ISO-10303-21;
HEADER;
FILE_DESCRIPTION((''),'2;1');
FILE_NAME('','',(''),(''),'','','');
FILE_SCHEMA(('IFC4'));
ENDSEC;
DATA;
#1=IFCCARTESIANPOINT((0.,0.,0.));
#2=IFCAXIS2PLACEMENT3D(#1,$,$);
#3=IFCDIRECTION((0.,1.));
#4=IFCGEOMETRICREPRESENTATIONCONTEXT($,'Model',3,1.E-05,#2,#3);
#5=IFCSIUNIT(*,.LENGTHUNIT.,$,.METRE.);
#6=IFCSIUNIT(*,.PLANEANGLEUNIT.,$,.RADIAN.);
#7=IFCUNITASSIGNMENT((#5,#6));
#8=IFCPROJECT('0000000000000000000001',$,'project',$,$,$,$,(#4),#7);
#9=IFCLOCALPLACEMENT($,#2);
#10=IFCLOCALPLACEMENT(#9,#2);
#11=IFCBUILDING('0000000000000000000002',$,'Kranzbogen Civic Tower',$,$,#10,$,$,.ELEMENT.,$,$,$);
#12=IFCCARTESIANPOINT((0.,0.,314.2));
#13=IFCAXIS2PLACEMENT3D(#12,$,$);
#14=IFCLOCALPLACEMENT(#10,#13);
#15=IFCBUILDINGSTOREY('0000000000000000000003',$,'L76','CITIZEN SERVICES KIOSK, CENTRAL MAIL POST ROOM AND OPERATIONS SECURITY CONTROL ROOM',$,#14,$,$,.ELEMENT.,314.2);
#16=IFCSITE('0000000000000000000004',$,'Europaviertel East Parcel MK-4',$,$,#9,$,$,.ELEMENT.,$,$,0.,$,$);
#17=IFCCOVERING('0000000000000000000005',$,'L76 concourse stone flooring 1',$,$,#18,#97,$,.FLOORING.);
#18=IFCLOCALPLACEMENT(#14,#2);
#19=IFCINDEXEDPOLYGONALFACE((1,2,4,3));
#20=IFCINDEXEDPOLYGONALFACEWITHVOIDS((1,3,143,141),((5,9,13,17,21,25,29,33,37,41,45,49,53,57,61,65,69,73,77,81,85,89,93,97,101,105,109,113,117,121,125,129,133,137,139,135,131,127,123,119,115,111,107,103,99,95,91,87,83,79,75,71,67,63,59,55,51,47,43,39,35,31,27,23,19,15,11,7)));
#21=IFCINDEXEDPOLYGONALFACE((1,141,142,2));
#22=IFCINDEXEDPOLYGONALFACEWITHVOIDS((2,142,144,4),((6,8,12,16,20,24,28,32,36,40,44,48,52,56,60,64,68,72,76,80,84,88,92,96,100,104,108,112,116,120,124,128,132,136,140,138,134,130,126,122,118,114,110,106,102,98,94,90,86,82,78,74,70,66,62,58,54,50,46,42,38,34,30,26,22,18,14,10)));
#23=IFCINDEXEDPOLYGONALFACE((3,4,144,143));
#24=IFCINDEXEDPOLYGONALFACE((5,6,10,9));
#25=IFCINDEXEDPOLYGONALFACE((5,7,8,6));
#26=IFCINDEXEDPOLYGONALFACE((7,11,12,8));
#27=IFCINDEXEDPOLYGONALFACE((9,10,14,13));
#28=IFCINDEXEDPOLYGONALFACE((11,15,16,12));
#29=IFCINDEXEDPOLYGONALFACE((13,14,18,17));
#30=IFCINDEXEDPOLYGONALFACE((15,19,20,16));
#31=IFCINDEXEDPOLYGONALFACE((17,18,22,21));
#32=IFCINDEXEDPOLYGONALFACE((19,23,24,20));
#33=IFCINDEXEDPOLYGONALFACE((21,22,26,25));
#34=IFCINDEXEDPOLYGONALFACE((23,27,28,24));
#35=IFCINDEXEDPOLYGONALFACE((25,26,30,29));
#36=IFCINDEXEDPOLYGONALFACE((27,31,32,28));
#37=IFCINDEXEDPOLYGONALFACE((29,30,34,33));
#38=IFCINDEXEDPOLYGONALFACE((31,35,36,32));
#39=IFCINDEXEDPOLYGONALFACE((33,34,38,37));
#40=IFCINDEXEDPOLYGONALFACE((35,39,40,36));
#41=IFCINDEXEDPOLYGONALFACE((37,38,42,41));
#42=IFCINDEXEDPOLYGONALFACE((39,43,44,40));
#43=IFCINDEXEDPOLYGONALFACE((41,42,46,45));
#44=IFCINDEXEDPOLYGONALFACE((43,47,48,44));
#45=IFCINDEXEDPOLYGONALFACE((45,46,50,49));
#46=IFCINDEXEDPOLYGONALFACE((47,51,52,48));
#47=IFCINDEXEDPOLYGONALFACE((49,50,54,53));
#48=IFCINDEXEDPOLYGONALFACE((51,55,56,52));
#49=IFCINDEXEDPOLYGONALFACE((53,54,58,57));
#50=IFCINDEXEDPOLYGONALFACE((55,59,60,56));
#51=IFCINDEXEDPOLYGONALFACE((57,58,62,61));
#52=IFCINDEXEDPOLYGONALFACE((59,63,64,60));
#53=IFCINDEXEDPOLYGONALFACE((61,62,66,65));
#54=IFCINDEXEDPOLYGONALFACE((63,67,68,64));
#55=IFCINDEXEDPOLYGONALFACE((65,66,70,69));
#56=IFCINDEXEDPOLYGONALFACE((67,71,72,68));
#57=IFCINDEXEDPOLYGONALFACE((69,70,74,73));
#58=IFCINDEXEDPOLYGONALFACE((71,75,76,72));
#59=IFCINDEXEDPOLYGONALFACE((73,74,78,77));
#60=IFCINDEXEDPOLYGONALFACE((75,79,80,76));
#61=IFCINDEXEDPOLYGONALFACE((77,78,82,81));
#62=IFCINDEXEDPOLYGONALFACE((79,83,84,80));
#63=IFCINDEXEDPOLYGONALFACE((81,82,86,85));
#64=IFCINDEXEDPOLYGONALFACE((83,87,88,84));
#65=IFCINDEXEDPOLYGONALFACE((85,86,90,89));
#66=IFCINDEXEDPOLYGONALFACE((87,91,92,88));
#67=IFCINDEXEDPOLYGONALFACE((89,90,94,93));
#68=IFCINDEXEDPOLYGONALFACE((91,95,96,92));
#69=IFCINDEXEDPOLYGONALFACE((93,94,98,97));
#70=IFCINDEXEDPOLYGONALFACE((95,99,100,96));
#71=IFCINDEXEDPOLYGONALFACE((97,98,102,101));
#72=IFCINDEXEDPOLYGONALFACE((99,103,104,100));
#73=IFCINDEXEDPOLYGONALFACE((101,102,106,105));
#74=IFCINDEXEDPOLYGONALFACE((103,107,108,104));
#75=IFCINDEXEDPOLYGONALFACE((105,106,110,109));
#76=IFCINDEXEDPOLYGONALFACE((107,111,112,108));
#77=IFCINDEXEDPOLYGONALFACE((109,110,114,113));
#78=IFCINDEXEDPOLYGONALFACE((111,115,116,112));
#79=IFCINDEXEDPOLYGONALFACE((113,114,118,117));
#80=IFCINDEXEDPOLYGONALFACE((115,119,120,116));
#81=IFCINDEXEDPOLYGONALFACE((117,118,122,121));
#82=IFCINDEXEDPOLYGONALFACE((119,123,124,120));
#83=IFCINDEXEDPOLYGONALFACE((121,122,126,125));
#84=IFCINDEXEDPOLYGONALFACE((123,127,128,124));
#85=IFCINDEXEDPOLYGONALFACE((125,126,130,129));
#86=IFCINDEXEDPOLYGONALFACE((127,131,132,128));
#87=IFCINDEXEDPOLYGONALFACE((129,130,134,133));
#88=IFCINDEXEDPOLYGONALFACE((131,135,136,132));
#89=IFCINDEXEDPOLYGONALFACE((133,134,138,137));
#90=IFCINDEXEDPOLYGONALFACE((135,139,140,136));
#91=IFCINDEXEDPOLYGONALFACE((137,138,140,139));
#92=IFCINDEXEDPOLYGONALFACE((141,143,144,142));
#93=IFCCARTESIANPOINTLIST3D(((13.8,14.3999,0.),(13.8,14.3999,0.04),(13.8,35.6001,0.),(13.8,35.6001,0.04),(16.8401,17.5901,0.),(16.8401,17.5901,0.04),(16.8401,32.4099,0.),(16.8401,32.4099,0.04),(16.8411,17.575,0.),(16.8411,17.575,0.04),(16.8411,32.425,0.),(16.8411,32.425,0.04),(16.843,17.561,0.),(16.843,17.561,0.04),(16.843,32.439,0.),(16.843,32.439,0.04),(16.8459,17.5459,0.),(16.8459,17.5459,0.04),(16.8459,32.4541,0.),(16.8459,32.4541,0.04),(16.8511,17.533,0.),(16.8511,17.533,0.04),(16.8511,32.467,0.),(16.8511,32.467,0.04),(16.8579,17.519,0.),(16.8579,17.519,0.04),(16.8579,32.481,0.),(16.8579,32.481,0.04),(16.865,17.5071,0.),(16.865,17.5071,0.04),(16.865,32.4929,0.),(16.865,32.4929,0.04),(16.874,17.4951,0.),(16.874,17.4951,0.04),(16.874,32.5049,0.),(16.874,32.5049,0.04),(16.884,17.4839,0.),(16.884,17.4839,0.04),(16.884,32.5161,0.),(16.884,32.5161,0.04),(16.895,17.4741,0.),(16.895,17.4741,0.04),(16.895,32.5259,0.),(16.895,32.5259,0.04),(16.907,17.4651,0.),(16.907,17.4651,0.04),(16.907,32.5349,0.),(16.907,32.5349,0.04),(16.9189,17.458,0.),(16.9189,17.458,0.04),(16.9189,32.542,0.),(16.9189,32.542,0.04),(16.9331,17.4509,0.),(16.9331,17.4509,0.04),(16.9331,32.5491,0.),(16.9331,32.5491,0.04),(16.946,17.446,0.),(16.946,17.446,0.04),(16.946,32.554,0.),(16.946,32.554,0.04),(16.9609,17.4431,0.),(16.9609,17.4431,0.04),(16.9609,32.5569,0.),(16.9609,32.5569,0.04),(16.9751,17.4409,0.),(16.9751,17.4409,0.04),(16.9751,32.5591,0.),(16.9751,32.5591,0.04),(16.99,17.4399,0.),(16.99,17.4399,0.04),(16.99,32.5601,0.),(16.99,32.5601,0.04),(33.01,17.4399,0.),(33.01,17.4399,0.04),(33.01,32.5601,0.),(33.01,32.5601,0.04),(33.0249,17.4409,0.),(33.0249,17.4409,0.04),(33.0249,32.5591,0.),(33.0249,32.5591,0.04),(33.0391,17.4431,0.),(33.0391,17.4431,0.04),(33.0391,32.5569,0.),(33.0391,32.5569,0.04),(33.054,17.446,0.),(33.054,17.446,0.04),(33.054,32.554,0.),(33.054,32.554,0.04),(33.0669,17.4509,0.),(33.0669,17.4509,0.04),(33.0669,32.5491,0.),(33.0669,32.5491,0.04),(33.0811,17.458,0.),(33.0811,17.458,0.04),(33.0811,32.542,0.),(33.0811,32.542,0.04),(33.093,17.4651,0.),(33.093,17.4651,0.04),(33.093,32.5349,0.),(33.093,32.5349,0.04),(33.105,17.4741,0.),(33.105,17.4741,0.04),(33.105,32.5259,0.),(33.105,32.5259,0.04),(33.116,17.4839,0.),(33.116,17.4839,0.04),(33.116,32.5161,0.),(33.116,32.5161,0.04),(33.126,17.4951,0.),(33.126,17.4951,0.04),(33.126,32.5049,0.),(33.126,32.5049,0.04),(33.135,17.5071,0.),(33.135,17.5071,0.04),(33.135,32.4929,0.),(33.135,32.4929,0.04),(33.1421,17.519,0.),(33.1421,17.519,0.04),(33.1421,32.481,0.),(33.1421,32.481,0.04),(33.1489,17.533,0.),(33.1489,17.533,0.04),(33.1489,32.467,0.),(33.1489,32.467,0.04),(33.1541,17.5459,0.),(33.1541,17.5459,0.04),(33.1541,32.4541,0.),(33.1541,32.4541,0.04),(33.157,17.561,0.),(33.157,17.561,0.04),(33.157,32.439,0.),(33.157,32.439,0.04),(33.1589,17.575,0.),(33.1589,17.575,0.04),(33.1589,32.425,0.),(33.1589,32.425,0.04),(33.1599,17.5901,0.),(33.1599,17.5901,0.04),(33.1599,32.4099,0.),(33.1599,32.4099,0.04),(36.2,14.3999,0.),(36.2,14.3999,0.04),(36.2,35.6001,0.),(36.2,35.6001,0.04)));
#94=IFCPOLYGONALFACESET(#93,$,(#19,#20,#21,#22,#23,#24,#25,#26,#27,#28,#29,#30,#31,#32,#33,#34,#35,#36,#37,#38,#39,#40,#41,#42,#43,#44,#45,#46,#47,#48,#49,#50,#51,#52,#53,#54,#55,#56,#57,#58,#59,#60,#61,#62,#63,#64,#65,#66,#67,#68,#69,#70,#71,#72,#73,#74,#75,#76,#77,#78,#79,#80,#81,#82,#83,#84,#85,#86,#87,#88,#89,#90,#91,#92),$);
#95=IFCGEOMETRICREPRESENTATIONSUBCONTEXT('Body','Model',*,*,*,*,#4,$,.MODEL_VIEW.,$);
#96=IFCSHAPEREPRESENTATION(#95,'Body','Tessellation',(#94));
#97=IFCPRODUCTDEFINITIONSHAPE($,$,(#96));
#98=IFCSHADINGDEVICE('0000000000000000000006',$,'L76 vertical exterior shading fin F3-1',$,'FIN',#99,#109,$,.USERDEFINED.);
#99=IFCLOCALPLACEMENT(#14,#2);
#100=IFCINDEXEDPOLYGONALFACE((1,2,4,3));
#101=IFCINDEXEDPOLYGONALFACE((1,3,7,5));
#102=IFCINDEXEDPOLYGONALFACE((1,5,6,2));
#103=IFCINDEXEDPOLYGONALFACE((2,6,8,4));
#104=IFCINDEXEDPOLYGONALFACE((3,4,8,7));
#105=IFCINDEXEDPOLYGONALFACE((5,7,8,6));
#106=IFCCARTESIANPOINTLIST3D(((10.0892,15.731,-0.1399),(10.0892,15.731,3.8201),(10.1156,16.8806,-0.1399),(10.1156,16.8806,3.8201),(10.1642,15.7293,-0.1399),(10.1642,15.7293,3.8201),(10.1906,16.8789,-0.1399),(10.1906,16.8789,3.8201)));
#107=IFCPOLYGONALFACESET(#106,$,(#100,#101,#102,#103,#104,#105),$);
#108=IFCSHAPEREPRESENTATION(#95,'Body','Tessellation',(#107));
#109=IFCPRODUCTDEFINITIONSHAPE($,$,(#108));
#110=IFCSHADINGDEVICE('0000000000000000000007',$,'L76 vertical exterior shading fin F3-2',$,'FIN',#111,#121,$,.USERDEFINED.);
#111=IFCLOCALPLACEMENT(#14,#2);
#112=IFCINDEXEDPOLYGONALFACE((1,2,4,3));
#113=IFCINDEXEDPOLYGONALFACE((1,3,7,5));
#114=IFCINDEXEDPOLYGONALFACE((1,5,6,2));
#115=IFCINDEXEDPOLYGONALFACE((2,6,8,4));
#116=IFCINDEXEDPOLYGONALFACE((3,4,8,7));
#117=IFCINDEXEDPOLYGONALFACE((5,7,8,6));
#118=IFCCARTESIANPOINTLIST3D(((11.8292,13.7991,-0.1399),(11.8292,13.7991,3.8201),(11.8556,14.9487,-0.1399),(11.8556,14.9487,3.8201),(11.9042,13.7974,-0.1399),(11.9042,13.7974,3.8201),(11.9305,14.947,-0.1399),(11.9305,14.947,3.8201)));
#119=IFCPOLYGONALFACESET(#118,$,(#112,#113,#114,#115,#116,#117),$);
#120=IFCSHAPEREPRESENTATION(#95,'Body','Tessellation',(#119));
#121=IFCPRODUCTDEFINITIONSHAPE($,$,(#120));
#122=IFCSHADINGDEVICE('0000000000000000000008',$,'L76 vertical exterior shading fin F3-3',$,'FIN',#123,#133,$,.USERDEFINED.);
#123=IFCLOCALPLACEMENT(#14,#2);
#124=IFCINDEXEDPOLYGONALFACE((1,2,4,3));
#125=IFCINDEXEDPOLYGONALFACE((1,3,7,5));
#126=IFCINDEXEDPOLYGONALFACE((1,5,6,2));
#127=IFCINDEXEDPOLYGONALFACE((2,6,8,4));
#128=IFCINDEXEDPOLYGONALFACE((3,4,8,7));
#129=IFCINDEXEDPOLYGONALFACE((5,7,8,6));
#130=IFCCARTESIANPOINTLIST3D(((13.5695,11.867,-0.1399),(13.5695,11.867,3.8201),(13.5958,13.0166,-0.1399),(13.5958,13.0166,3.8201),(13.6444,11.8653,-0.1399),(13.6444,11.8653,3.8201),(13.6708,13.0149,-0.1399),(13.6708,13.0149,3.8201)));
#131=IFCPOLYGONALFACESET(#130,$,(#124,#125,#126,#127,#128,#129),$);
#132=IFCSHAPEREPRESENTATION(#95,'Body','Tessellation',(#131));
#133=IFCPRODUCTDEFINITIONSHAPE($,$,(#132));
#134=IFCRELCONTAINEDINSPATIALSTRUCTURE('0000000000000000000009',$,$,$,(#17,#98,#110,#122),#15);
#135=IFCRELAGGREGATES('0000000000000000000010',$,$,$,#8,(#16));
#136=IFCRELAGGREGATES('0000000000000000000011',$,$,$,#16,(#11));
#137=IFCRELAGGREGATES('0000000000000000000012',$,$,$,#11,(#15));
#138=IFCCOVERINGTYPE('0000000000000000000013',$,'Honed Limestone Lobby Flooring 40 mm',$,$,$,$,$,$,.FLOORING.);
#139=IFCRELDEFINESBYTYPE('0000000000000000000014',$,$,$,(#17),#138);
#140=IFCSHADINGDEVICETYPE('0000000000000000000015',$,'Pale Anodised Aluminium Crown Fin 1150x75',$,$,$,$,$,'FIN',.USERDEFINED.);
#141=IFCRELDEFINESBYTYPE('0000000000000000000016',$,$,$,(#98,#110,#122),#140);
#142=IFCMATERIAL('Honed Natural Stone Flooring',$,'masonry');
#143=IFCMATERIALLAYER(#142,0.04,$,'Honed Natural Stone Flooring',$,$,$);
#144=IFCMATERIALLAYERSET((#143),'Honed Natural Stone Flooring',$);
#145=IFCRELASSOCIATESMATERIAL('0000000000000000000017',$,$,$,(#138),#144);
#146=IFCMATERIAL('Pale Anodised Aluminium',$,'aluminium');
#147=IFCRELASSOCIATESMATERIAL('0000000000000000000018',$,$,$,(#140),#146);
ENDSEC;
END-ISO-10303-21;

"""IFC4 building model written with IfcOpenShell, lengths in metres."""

from ifc_helpers import new_model, si_unit, direction, frame, origin, origin_2d, place, context, subcontext, project, spatial, polyline, rectangle, outline, extrude, material, layer, layer_set, type_object, element, save


model = new_model("IFC4")

# Units and contexts
model_context = context("Model", 3, precision=1e-05, world=origin(), true_north=direction((0.0, 1.0)))
body_context = subcontext(model_context, "Body", "Model", "MODEL_VIEW")
ifc_project = project(units=[si_unit("LENGTHUNIT", "METRE"), si_unit("PLANEANGLEUNIT", "RADIAN")], contexts=[model_context])

# Site, building, storey
site_placement = place(None, origin())
site = spatial("IfcSite", under=ifc_project, at=site_placement, Name="Europaviertel East Parcel MK-4", CompositionType="ELEMENT", RefElevation=0.0)
building_placement = place(site_placement, origin())
building = spatial("IfcBuilding", under=site, at=building_placement, Name="Kranzbogen Civic Tower", CompositionType="ELEMENT")
storey_placement = place(building_placement, frame((0.0, 0.0, 314.2)))
storey = spatial("IfcBuildingStorey", under=building, at=storey_placement, Name="L76", Description="CITIZEN SERVICES KIOSK, CENTRAL MAIL POST ROOM AND OPERATIONS SECURITY CONTROL ROOM", CompositionType="ELEMENT", Elevation=314.2)

# Shared definitions
ifc_material_1 = material(Name="Pale Anodised Aluminium", Category="aluminium")

# Covering
ifc_material_2 = material(Name="Honed Natural Stone Flooring", Category="masonry")
ifc_layer_1 = layer(ifc_material_2, 0.04, Name="Honed Natural Stone Flooring")
ifc_layer_set_1 = layer_set([ifc_layer_1], Name="Honed Natural Stone Flooring")
covering_type_1 = type_object("IfcCoveringType", Name="Honed Limestone Lobby Flooring 40 mm", PredefinedType="FLOORING", material=ifc_layer_set_1)
covering_1_placement = place(storey_placement, origin())
element("IfcCovering", 1, at=covering_1_placement, inside=storey, type_object=covering_type_1, Name="L76 concourse stone flooring 1", PredefinedType="FLOORING", context=body_context, shape_type="SweptSolid", body=[
    extrude(outline(polyline([(13.8, 35.6001), (36.2, 35.6001), (36.2, 14.3999), (13.8, 14.3999), (13.8, 35.6001)]), holes=[polyline([(33.01, 32.5601), (33.0249, 32.5591), (33.0391, 32.5569), (33.054, 32.554), (33.0669, 32.5491), (33.0811, 32.542), (33.093, 32.5349), (33.105, 32.5259), (33.116, 32.5161), (33.126, 32.5049), (33.135, 32.4929), (33.1421, 32.481), (33.1489, 32.467), (33.1541, 32.4541), (33.157, 32.439), (33.1589, 32.425), (33.1599, 32.4099), (33.1599, 17.5901), (33.1589, 17.575), (33.157, 17.561), (33.1541, 17.5459), (33.1489, 17.533), (33.1421, 17.519), (33.135, 17.5071), (33.126, 17.4951), (33.116, 17.4839), (33.105, 17.4741), (33.093, 17.4651), (33.0811, 17.458), (33.0669, 17.4509), (33.054, 17.446), (33.0391, 17.4431), (33.0249, 17.4409), (33.01, 17.4399), (16.99, 17.4399), (16.9751, 17.4409), (16.9609, 17.4431), (16.946, 17.446), (16.9331, 17.4509), (16.9189, 17.458), (16.907, 17.4651), (16.895, 17.4741), (16.884, 17.4839), (16.874, 17.4951), (16.865, 17.5071), (16.8579, 17.519), (16.8511, 17.533), (16.8459, 17.5459), (16.843, 17.561), (16.8411, 17.575), (16.8401, 17.5901), (16.8401, 32.4099), (16.8411, 32.425), (16.843, 32.439), (16.8459, 32.4541), (16.8511, 32.467), (16.8579, 32.481), (16.865, 32.4929), (16.874, 32.5049), (16.884, 32.5161), (16.895, 32.5259), (16.907, 32.5349), (16.9189, 32.542), (16.9331, 32.5491), (16.946, 32.554), (16.9609, 32.5569), (16.9751, 32.5591), (16.99, 32.5601), (33.01, 32.5601)])]), origin(), (0.0, 0.0, 1.0), 0.04),
])

# Shading devices
shading_device_type = type_object("IfcShadingDeviceType", Name="Pale Anodised Aluminium Crown Fin 1150x75", ElementType="FIN", PredefinedType="USERDEFINED", material=ifc_material_1)
for number, where, z_axis, x_axis, name in (
    (2, (10.1399, 16.3049, -0.1399), (0.0, 0.0, 1.0), (-0.022949, -0.999737, 0.0), "L76 vertical exterior shading fin F3-1"),
    (3, (11.8799, 14.373, -0.1399), (0.0, 0.0, 1.0), (-0.022949, -0.999737, 0.0), "L76 vertical exterior shading fin F3-2"),
    (4, (13.6201, 12.4409, -0.1399), (0.0, 0.0, 1.0), (-0.022949, -0.999737, 0.0), "L76 vertical exterior shading fin F3-3"),
):
    element("IfcShadingDevice", number, at=place(storey_placement, frame(where, z_axis=z_axis, x_axis=x_axis)), inside=storey, type_object=shading_device_type, Name=name, ObjectType="FIN", PredefinedType="USERDEFINED", context=body_context, shape_type="SweptSolid", body=[
        extrude(rectangle(XDim=1.1499, YDim=0.075, at=origin_2d()), origin(), (0.0, 0.0, 1.0), 3.96),
    ])

save(model, "model.ifc")
